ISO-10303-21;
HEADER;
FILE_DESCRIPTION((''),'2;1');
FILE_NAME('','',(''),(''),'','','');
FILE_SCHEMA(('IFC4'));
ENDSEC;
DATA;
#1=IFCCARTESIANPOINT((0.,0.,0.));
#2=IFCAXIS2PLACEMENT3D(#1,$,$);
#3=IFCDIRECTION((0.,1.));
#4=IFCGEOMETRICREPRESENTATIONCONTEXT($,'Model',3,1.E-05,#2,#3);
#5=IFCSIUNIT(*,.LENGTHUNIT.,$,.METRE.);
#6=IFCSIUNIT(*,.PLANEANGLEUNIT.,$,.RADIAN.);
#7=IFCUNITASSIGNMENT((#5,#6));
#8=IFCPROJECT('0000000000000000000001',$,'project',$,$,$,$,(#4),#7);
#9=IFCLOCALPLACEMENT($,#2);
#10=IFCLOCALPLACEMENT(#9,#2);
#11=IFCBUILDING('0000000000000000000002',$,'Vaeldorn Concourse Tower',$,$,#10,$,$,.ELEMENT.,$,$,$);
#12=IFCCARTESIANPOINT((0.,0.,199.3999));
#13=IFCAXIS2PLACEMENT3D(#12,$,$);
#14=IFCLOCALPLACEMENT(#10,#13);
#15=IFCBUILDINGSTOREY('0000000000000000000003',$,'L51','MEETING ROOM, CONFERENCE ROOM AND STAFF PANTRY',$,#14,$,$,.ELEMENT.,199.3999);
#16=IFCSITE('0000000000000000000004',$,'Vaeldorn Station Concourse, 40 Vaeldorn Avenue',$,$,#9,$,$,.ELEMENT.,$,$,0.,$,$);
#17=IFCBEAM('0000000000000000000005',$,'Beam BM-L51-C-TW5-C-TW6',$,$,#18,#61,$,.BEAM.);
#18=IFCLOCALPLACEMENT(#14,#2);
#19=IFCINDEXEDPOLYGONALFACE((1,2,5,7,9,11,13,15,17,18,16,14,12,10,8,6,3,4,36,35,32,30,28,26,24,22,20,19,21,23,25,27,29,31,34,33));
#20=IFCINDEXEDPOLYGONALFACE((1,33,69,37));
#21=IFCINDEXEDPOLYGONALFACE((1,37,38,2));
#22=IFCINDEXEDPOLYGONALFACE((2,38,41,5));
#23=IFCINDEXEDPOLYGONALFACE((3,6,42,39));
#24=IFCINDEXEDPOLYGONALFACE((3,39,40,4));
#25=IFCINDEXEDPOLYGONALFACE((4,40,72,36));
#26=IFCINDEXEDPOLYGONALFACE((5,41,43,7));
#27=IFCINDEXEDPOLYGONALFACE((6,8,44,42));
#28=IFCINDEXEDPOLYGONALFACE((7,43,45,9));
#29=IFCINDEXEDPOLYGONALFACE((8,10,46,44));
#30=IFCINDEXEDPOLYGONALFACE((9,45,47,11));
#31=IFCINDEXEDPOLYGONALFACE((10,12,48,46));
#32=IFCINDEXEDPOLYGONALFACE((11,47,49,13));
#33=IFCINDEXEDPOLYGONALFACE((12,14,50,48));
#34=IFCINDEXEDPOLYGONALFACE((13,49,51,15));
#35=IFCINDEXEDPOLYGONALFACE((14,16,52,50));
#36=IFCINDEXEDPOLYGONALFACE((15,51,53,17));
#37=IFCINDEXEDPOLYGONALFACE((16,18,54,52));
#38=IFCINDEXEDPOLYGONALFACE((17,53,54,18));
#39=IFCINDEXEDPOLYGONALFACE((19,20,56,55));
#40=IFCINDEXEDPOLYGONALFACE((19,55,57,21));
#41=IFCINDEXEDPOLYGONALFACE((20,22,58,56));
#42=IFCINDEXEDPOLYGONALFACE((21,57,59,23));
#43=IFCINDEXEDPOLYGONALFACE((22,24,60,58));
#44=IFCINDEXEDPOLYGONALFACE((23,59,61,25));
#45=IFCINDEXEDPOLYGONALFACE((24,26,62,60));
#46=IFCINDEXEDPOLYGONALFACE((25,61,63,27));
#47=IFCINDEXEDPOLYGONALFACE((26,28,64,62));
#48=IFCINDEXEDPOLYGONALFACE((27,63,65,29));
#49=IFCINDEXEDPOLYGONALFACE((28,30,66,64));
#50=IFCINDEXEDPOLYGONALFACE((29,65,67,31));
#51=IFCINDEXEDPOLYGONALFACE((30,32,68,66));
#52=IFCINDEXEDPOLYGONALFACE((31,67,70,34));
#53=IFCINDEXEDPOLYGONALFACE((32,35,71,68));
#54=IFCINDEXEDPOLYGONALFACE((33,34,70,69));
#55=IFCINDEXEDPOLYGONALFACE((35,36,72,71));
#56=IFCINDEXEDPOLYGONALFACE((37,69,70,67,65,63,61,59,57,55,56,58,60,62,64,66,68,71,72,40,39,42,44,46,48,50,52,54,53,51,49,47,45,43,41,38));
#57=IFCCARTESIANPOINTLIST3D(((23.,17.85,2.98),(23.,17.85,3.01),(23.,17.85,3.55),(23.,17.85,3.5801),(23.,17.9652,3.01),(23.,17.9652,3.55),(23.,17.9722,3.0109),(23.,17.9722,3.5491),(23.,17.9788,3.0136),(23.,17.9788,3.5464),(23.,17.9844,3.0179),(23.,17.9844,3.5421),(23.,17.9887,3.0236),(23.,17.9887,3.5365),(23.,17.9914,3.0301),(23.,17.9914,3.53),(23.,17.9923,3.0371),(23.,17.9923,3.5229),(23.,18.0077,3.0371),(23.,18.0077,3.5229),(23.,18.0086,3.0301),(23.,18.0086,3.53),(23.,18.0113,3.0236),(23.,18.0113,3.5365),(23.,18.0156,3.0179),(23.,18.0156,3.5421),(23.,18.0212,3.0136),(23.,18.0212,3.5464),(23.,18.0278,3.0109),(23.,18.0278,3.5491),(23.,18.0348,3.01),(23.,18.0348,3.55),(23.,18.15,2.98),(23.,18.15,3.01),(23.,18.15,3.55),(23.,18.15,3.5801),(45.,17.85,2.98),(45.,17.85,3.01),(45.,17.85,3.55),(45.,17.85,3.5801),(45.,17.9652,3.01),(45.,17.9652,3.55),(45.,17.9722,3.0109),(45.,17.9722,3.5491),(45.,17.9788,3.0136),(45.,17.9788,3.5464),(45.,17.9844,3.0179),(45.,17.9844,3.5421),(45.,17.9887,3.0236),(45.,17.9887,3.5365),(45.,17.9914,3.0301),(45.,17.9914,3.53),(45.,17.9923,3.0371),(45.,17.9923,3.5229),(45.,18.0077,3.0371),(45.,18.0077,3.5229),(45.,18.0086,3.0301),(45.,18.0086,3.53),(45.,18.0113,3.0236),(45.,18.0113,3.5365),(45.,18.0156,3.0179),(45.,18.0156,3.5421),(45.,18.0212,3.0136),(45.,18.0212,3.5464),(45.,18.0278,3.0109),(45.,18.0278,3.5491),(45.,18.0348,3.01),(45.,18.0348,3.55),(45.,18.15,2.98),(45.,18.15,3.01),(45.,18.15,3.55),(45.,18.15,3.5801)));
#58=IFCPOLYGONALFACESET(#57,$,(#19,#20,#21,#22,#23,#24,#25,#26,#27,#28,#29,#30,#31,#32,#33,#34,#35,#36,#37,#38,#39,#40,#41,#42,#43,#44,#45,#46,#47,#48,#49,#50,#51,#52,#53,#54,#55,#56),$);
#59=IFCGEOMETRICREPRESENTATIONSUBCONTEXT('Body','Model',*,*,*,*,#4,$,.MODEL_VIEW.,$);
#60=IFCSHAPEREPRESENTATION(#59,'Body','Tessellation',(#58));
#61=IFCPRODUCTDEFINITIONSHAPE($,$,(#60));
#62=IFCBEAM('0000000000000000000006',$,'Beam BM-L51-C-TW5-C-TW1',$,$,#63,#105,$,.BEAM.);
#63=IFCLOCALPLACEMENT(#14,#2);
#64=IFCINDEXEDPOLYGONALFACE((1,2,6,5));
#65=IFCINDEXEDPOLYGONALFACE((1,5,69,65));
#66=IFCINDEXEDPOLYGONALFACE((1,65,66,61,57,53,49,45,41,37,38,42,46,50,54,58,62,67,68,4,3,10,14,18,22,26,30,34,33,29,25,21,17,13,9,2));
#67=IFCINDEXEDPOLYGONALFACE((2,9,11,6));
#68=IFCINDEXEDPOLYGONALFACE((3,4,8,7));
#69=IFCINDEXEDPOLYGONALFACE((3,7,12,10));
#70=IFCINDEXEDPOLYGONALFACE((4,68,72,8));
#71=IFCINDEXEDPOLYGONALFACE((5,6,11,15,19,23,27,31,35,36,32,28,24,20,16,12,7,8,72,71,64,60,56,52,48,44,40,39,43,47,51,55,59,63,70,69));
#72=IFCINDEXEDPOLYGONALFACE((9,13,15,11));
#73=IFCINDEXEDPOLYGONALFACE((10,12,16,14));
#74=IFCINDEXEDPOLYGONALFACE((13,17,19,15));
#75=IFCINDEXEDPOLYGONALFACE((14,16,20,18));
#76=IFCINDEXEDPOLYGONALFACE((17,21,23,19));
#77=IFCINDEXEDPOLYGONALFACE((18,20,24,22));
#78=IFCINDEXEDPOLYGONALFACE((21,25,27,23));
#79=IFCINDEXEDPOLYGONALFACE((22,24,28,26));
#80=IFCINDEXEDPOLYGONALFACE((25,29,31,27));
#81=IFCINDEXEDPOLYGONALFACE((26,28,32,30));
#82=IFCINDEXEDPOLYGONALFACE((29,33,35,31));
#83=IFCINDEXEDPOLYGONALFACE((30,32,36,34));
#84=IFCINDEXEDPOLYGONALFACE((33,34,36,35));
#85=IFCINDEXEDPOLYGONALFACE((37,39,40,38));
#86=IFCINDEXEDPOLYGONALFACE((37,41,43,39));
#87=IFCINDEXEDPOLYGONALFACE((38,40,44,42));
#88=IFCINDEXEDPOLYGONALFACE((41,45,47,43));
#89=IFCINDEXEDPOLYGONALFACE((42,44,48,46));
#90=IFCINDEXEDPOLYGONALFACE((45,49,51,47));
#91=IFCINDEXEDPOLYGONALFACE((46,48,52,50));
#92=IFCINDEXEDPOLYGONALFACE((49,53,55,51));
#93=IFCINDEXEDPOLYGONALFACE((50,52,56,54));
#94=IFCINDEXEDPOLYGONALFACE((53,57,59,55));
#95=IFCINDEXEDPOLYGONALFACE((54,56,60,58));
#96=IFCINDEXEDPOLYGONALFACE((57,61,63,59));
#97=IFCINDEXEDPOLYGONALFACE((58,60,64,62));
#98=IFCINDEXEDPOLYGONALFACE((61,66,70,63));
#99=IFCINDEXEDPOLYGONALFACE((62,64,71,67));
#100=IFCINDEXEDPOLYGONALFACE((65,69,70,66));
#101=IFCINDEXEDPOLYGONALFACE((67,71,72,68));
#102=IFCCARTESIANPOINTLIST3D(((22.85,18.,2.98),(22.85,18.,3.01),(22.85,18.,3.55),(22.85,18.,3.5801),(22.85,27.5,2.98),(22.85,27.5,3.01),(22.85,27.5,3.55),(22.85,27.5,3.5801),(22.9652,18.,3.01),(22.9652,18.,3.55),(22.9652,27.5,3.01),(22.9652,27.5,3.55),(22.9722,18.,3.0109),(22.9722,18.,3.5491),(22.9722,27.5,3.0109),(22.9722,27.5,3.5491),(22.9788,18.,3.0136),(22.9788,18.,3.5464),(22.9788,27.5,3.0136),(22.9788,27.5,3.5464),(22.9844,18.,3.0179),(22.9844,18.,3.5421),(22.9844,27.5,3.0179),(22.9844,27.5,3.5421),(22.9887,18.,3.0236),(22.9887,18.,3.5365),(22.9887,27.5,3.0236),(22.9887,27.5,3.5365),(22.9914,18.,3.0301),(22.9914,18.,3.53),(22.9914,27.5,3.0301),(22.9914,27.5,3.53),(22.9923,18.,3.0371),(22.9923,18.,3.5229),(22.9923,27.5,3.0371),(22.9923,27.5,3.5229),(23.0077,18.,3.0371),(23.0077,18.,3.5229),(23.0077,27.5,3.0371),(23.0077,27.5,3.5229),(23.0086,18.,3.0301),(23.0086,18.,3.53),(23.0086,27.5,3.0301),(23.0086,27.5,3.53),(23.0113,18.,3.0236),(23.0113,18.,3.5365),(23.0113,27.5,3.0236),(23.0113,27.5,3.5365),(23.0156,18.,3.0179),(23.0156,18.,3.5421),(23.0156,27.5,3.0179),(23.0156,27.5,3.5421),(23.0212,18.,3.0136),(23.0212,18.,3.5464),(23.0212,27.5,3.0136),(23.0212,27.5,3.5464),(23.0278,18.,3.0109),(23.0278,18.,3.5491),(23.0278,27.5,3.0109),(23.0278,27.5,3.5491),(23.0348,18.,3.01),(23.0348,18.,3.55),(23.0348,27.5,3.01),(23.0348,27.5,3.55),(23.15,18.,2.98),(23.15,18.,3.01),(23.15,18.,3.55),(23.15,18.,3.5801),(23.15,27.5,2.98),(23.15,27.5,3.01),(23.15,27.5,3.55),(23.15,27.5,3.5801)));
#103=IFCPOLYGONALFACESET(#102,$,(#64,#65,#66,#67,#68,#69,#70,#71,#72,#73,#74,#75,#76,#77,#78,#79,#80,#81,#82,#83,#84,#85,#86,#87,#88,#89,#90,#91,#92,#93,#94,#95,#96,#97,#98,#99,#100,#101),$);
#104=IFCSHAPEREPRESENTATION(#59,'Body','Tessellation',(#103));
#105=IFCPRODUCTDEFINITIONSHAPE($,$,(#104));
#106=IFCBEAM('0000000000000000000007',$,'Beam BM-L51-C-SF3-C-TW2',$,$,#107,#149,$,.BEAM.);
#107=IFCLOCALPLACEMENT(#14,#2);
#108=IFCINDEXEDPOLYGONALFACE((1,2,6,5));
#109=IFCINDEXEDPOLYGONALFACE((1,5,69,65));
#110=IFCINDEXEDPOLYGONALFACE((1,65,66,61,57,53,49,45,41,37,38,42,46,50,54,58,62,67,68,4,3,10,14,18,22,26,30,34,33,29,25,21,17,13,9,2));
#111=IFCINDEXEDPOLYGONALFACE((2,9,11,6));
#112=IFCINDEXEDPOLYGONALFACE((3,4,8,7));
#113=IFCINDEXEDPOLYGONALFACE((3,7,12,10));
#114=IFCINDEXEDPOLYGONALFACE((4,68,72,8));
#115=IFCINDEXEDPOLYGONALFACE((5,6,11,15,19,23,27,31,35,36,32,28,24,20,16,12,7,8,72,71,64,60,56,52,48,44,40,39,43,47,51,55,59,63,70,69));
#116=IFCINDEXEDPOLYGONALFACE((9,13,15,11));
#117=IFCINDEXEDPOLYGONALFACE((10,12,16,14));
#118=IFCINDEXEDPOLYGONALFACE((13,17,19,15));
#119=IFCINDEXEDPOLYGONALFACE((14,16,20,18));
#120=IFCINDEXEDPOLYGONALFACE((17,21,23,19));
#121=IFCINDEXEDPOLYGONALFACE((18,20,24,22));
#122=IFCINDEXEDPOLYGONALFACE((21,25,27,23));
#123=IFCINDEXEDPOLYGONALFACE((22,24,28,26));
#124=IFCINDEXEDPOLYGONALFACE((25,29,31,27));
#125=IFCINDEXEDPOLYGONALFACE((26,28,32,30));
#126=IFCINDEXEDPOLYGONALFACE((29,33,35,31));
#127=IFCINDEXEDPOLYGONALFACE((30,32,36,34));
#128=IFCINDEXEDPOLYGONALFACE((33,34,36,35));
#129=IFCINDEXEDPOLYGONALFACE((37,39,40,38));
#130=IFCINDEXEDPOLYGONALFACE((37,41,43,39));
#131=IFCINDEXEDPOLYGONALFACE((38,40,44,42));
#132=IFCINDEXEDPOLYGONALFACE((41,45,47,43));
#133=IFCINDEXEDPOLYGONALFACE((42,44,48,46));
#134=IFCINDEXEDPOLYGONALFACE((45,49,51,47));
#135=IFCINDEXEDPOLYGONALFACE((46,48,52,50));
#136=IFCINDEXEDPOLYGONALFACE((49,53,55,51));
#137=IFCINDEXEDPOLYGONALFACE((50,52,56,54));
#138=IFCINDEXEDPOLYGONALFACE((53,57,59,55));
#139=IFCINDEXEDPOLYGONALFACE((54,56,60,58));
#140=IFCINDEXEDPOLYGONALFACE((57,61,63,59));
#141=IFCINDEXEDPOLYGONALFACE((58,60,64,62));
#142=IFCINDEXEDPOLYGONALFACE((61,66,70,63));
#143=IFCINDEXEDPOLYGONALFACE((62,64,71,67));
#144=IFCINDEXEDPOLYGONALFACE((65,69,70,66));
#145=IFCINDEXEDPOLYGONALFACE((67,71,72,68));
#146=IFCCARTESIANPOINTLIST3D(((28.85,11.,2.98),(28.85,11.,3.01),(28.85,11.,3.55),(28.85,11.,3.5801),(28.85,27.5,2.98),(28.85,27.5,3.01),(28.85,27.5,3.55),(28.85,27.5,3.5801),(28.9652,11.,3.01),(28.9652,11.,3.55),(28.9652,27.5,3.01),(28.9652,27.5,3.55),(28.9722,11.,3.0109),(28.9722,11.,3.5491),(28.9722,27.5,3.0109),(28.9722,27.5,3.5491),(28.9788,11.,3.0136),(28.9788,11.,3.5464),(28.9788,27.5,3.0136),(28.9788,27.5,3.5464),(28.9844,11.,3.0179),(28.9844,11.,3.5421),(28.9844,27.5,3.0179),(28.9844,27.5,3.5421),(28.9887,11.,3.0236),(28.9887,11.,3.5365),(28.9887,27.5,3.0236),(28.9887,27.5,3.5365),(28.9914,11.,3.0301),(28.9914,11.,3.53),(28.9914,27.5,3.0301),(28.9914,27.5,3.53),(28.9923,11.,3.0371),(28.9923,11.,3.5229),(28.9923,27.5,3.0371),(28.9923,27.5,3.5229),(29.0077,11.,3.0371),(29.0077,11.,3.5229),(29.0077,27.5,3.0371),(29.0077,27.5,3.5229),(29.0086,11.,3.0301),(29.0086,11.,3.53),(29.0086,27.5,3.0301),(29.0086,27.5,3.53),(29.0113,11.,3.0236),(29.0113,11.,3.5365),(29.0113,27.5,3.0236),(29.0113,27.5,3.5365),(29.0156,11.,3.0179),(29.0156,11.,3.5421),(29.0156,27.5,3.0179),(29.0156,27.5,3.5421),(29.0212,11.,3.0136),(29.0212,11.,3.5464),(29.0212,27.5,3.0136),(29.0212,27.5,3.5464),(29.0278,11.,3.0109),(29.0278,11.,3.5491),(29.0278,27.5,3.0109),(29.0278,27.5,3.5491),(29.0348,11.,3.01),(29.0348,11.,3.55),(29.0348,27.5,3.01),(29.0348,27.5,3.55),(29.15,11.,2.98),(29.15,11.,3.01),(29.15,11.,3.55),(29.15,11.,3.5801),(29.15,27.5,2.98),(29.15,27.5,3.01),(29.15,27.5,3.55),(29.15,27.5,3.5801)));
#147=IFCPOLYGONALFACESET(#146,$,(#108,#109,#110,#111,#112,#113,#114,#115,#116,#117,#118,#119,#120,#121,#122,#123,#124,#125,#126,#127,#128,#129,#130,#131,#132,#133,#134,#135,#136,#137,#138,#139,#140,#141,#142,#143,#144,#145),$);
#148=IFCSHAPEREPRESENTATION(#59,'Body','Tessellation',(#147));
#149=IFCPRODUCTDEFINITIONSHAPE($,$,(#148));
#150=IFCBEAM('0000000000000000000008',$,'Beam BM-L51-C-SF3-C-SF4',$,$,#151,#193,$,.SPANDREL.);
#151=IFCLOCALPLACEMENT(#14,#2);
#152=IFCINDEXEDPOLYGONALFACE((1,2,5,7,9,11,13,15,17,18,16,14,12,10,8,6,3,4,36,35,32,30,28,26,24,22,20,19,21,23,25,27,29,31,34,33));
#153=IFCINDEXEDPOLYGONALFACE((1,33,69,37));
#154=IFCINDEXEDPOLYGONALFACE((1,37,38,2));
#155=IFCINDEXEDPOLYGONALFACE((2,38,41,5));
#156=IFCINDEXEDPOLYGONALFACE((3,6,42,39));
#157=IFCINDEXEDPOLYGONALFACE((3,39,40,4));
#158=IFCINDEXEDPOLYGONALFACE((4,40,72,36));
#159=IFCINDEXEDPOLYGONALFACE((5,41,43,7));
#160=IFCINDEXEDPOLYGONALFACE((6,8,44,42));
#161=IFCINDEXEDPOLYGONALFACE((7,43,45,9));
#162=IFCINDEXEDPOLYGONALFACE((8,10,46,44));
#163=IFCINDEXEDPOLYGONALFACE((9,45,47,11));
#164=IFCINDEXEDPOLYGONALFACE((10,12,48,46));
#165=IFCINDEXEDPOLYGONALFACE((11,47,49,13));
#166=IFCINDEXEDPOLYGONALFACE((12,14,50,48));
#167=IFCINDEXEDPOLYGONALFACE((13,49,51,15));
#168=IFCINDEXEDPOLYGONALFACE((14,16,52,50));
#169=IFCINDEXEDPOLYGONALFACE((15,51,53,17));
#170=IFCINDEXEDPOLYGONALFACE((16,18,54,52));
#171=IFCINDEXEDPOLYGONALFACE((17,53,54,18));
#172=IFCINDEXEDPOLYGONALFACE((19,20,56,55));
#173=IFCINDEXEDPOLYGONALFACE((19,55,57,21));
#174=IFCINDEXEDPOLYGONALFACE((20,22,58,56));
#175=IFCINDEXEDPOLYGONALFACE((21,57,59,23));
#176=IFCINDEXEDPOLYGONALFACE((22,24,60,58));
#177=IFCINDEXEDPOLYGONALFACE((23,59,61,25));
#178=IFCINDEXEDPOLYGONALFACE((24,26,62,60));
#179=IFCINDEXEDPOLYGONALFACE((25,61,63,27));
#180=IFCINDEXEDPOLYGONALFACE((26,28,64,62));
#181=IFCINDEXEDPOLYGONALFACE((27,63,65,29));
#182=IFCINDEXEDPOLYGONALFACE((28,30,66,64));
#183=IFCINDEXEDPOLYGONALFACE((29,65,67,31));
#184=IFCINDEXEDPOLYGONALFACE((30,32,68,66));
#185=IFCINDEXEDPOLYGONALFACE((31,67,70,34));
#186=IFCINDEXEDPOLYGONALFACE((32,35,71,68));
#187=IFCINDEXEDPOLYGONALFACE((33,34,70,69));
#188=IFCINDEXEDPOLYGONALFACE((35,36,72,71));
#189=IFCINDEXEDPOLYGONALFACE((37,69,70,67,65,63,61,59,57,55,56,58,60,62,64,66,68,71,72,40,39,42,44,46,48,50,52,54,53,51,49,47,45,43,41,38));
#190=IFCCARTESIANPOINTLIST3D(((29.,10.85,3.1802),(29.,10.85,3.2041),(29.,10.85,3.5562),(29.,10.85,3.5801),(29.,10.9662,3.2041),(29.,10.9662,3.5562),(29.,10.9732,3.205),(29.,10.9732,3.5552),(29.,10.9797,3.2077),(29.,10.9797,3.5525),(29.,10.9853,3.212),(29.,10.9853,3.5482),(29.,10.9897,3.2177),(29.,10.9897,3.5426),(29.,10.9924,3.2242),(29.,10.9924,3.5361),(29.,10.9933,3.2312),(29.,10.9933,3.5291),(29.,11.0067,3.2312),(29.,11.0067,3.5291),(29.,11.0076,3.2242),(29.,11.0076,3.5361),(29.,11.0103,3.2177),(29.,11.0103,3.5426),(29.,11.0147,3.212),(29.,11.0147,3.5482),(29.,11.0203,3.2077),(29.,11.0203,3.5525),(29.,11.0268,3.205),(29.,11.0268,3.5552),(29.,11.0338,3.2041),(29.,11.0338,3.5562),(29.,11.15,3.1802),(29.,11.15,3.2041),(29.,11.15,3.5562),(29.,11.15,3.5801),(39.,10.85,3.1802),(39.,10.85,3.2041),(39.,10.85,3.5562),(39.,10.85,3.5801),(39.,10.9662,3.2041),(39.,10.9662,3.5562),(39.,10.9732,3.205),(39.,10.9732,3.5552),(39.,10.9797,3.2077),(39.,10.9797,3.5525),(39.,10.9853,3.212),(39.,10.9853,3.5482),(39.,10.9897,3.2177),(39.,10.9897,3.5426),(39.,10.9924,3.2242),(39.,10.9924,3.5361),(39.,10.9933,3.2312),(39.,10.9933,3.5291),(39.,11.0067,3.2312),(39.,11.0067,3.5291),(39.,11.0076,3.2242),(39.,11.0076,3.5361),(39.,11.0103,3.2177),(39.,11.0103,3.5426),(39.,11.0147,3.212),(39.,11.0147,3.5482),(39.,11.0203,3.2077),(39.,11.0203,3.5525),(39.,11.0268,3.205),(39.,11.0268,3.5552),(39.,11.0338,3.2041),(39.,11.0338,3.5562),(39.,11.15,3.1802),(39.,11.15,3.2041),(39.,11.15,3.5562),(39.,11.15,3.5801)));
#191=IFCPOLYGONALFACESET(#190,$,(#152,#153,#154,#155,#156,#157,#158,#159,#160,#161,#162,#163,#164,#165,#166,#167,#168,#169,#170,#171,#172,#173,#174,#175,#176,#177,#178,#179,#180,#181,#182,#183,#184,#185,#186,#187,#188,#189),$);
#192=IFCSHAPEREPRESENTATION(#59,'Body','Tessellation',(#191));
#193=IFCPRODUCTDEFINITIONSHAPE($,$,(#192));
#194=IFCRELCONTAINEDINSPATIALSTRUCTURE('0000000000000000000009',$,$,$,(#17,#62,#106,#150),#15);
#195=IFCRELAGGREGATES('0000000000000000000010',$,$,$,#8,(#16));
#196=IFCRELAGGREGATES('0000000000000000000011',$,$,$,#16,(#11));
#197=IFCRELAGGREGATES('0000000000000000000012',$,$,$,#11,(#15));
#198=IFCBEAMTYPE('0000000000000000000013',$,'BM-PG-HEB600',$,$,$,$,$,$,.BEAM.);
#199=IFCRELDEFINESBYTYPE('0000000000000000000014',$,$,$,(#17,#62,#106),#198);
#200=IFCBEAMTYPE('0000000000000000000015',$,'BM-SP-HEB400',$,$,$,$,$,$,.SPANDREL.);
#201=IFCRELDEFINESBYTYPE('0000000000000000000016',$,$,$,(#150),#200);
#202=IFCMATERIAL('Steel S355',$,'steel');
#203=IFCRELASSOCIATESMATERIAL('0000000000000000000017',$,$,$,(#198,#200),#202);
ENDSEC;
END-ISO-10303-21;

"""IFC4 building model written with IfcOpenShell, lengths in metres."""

from ifc_helpers import new_model, si_unit, direction, frame, origin, origin_2d, place, context, subcontext, project, spatial, i_section, extrude, source, transform, mapped, material, material_profile, profile_set, type_object, element, save


model = new_model("IFC4")

# Units and contexts
model_context = context("Model", 3, precision=1e-05, world=origin(), true_north=direction((0.0, 1.0)))
body_context = subcontext(model_context, "Body", "Model", "MODEL_VIEW")
ifc_project = project(units=[si_unit("LENGTHUNIT", "METRE"), si_unit("PLANEANGLEUNIT", "RADIAN")], contexts=[model_context])

# Site, building, storey
site_placement = place(None, origin())
site = spatial("IfcSite", under=ifc_project, at=site_placement, Name="Vaeldorn Station Concourse, 40 Vaeldorn Avenue", CompositionType="ELEMENT", RefElevation=0.0)
building_placement = place(site_placement, origin())
building = spatial("IfcBuilding", under=site, at=building_placement, Name="Vaeldorn Concourse Tower", CompositionType="ELEMENT")
storey_placement = place(building_placement, frame((0.0, 0.0, 199.3999)))
storey = spatial("IfcBuildingStorey", under=building, at=storey_placement, Name="L51", Description="MEETING ROOM, CONFERENCE ROOM AND STAFF PANTRY", CompositionType="ELEMENT", Elevation=199.3999)

# Shared definitions
ifc_material_1 = material(Name="Steel S355", Category="steel")

# Beams
ifc_material_profile_1 = material_profile(ifc_material_1, i_section(OverallWidth=0.3, OverallDepth=0.6001, WebThickness=0.0154, FlangeThickness=0.03, FilletRadius=0.0271, at=origin_2d()), Name="HEB 600")
ifc_profile_set_1 = profile_set([ifc_material_profile_1], Name="Steel S355")
beam_type_1 = type_object("IfcBeamType", Name="BM-PG-HEB600", PredefinedType="BEAM", material=ifc_profile_set_1)
shared_shape_1 = source(origin(), body_context, "Body", "SweptSolid", [
    extrude(i_section(OverallWidth=0.3, OverallDepth=0.6001, WebThickness=0.0154, FlangeThickness=0.03, FilletRadius=0.0271, at=origin_2d()), origin(), (0.0, 0.0, 1.0), 22.0),
])
beam_1_placement = place(storey_placement, frame((23.0, 18.0, 3.28), z_axis=(1.0, 0.0, 0.0), x_axis=(0.0, 1.0, 0.0)))
element("IfcBeam", 1, at=beam_1_placement, inside=storey, type_object=beam_type_1, Name="Beam BM-L51-C-TW5-C-TW6", PredefinedType="BEAM", context=body_context, shape_type="MappedRepresentation", body=[
    mapped(shared_shape_1, transform((0.0, 0.0, 0.0), scale=1.0)),
])
shared_shape_2 = source(origin(), body_context, "Body", "SweptSolid", [
    extrude(i_section(OverallWidth=0.3, OverallDepth=0.6001, WebThickness=0.0154, FlangeThickness=0.03, FilletRadius=0.0271, at=origin_2d()), origin(), (0.0, 0.0, 1.0), 9.5),
])
beam_2_placement = place(storey_placement, frame((23.0, 18.0, 3.28), z_axis=(0.0, 1.0, 0.0), x_axis=(-1.0, 0.0, 0.0)))
element("IfcBeam", 2, at=beam_2_placement, inside=storey, type_object=beam_type_1, Name="Beam BM-L51-C-TW5-C-TW1", PredefinedType="BEAM", context=body_context, shape_type="MappedRepresentation", body=[
    mapped(shared_shape_2, transform((0.0, 0.0, 0.0), scale=1.0)),
])
shared_shape_3 = source(origin(), body_context, "Body", "SweptSolid", [
    extrude(i_section(OverallWidth=0.3, OverallDepth=0.6001, WebThickness=0.0154, FlangeThickness=0.03, FilletRadius=0.0271, at=origin_2d()), origin(), (0.0, 0.0, 1.0), 16.5),
])
beam_3_placement = place(storey_placement, frame((29.0, 11.0, 3.28), z_axis=(0.0, 1.0, 0.0), x_axis=(-1.0, 0.0, 0.0)))
element("IfcBeam", 3, at=beam_3_placement, inside=storey, type_object=beam_type_1, Name="Beam BM-L51-C-SF3-C-TW2", PredefinedType="BEAM", context=body_context, shape_type="MappedRepresentation", body=[
    mapped(shared_shape_3, transform((0.0, 0.0, 0.0), scale=1.0)),
])
ifc_material_profile_2 = material_profile(ifc_material_1, i_section(OverallWidth=0.3, OverallDepth=0.3999, WebThickness=0.0134, FlangeThickness=0.0239, FilletRadius=0.0271, at=origin_2d()), Name="HEB 400")
ifc_profile_set_2 = profile_set([ifc_material_profile_2], Name="Steel S355")
beam_type_2 = type_object("IfcBeamType", Name="BM-SP-HEB400", PredefinedType="SPANDREL", material=ifc_profile_set_2)
shared_shape_4 = source(origin(), body_context, "Body", "SweptSolid", [
    extrude(i_section(OverallWidth=0.3, OverallDepth=0.3999, WebThickness=0.0134, FlangeThickness=0.0239, FilletRadius=0.0271, at=origin_2d()), origin(), (0.0, 0.0, 1.0), 10.0),
])
beam_4_placement = place(storey_placement, frame((29.0, 11.0, 3.3801), z_axis=(1.0, 0.0, 0.0), x_axis=(0.0, 1.0, 0.0)))
element("IfcBeam", 4, at=beam_4_placement, inside=storey, type_object=beam_type_2, Name="Beam BM-L51-C-SF3-C-SF4", PredefinedType="SPANDREL", context=body_context, shape_type="MappedRepresentation", body=[
    mapped(shared_shape_4, transform((0.0, 0.0, 0.0), scale=1.0)),
])

save(model, "model.ifc")
